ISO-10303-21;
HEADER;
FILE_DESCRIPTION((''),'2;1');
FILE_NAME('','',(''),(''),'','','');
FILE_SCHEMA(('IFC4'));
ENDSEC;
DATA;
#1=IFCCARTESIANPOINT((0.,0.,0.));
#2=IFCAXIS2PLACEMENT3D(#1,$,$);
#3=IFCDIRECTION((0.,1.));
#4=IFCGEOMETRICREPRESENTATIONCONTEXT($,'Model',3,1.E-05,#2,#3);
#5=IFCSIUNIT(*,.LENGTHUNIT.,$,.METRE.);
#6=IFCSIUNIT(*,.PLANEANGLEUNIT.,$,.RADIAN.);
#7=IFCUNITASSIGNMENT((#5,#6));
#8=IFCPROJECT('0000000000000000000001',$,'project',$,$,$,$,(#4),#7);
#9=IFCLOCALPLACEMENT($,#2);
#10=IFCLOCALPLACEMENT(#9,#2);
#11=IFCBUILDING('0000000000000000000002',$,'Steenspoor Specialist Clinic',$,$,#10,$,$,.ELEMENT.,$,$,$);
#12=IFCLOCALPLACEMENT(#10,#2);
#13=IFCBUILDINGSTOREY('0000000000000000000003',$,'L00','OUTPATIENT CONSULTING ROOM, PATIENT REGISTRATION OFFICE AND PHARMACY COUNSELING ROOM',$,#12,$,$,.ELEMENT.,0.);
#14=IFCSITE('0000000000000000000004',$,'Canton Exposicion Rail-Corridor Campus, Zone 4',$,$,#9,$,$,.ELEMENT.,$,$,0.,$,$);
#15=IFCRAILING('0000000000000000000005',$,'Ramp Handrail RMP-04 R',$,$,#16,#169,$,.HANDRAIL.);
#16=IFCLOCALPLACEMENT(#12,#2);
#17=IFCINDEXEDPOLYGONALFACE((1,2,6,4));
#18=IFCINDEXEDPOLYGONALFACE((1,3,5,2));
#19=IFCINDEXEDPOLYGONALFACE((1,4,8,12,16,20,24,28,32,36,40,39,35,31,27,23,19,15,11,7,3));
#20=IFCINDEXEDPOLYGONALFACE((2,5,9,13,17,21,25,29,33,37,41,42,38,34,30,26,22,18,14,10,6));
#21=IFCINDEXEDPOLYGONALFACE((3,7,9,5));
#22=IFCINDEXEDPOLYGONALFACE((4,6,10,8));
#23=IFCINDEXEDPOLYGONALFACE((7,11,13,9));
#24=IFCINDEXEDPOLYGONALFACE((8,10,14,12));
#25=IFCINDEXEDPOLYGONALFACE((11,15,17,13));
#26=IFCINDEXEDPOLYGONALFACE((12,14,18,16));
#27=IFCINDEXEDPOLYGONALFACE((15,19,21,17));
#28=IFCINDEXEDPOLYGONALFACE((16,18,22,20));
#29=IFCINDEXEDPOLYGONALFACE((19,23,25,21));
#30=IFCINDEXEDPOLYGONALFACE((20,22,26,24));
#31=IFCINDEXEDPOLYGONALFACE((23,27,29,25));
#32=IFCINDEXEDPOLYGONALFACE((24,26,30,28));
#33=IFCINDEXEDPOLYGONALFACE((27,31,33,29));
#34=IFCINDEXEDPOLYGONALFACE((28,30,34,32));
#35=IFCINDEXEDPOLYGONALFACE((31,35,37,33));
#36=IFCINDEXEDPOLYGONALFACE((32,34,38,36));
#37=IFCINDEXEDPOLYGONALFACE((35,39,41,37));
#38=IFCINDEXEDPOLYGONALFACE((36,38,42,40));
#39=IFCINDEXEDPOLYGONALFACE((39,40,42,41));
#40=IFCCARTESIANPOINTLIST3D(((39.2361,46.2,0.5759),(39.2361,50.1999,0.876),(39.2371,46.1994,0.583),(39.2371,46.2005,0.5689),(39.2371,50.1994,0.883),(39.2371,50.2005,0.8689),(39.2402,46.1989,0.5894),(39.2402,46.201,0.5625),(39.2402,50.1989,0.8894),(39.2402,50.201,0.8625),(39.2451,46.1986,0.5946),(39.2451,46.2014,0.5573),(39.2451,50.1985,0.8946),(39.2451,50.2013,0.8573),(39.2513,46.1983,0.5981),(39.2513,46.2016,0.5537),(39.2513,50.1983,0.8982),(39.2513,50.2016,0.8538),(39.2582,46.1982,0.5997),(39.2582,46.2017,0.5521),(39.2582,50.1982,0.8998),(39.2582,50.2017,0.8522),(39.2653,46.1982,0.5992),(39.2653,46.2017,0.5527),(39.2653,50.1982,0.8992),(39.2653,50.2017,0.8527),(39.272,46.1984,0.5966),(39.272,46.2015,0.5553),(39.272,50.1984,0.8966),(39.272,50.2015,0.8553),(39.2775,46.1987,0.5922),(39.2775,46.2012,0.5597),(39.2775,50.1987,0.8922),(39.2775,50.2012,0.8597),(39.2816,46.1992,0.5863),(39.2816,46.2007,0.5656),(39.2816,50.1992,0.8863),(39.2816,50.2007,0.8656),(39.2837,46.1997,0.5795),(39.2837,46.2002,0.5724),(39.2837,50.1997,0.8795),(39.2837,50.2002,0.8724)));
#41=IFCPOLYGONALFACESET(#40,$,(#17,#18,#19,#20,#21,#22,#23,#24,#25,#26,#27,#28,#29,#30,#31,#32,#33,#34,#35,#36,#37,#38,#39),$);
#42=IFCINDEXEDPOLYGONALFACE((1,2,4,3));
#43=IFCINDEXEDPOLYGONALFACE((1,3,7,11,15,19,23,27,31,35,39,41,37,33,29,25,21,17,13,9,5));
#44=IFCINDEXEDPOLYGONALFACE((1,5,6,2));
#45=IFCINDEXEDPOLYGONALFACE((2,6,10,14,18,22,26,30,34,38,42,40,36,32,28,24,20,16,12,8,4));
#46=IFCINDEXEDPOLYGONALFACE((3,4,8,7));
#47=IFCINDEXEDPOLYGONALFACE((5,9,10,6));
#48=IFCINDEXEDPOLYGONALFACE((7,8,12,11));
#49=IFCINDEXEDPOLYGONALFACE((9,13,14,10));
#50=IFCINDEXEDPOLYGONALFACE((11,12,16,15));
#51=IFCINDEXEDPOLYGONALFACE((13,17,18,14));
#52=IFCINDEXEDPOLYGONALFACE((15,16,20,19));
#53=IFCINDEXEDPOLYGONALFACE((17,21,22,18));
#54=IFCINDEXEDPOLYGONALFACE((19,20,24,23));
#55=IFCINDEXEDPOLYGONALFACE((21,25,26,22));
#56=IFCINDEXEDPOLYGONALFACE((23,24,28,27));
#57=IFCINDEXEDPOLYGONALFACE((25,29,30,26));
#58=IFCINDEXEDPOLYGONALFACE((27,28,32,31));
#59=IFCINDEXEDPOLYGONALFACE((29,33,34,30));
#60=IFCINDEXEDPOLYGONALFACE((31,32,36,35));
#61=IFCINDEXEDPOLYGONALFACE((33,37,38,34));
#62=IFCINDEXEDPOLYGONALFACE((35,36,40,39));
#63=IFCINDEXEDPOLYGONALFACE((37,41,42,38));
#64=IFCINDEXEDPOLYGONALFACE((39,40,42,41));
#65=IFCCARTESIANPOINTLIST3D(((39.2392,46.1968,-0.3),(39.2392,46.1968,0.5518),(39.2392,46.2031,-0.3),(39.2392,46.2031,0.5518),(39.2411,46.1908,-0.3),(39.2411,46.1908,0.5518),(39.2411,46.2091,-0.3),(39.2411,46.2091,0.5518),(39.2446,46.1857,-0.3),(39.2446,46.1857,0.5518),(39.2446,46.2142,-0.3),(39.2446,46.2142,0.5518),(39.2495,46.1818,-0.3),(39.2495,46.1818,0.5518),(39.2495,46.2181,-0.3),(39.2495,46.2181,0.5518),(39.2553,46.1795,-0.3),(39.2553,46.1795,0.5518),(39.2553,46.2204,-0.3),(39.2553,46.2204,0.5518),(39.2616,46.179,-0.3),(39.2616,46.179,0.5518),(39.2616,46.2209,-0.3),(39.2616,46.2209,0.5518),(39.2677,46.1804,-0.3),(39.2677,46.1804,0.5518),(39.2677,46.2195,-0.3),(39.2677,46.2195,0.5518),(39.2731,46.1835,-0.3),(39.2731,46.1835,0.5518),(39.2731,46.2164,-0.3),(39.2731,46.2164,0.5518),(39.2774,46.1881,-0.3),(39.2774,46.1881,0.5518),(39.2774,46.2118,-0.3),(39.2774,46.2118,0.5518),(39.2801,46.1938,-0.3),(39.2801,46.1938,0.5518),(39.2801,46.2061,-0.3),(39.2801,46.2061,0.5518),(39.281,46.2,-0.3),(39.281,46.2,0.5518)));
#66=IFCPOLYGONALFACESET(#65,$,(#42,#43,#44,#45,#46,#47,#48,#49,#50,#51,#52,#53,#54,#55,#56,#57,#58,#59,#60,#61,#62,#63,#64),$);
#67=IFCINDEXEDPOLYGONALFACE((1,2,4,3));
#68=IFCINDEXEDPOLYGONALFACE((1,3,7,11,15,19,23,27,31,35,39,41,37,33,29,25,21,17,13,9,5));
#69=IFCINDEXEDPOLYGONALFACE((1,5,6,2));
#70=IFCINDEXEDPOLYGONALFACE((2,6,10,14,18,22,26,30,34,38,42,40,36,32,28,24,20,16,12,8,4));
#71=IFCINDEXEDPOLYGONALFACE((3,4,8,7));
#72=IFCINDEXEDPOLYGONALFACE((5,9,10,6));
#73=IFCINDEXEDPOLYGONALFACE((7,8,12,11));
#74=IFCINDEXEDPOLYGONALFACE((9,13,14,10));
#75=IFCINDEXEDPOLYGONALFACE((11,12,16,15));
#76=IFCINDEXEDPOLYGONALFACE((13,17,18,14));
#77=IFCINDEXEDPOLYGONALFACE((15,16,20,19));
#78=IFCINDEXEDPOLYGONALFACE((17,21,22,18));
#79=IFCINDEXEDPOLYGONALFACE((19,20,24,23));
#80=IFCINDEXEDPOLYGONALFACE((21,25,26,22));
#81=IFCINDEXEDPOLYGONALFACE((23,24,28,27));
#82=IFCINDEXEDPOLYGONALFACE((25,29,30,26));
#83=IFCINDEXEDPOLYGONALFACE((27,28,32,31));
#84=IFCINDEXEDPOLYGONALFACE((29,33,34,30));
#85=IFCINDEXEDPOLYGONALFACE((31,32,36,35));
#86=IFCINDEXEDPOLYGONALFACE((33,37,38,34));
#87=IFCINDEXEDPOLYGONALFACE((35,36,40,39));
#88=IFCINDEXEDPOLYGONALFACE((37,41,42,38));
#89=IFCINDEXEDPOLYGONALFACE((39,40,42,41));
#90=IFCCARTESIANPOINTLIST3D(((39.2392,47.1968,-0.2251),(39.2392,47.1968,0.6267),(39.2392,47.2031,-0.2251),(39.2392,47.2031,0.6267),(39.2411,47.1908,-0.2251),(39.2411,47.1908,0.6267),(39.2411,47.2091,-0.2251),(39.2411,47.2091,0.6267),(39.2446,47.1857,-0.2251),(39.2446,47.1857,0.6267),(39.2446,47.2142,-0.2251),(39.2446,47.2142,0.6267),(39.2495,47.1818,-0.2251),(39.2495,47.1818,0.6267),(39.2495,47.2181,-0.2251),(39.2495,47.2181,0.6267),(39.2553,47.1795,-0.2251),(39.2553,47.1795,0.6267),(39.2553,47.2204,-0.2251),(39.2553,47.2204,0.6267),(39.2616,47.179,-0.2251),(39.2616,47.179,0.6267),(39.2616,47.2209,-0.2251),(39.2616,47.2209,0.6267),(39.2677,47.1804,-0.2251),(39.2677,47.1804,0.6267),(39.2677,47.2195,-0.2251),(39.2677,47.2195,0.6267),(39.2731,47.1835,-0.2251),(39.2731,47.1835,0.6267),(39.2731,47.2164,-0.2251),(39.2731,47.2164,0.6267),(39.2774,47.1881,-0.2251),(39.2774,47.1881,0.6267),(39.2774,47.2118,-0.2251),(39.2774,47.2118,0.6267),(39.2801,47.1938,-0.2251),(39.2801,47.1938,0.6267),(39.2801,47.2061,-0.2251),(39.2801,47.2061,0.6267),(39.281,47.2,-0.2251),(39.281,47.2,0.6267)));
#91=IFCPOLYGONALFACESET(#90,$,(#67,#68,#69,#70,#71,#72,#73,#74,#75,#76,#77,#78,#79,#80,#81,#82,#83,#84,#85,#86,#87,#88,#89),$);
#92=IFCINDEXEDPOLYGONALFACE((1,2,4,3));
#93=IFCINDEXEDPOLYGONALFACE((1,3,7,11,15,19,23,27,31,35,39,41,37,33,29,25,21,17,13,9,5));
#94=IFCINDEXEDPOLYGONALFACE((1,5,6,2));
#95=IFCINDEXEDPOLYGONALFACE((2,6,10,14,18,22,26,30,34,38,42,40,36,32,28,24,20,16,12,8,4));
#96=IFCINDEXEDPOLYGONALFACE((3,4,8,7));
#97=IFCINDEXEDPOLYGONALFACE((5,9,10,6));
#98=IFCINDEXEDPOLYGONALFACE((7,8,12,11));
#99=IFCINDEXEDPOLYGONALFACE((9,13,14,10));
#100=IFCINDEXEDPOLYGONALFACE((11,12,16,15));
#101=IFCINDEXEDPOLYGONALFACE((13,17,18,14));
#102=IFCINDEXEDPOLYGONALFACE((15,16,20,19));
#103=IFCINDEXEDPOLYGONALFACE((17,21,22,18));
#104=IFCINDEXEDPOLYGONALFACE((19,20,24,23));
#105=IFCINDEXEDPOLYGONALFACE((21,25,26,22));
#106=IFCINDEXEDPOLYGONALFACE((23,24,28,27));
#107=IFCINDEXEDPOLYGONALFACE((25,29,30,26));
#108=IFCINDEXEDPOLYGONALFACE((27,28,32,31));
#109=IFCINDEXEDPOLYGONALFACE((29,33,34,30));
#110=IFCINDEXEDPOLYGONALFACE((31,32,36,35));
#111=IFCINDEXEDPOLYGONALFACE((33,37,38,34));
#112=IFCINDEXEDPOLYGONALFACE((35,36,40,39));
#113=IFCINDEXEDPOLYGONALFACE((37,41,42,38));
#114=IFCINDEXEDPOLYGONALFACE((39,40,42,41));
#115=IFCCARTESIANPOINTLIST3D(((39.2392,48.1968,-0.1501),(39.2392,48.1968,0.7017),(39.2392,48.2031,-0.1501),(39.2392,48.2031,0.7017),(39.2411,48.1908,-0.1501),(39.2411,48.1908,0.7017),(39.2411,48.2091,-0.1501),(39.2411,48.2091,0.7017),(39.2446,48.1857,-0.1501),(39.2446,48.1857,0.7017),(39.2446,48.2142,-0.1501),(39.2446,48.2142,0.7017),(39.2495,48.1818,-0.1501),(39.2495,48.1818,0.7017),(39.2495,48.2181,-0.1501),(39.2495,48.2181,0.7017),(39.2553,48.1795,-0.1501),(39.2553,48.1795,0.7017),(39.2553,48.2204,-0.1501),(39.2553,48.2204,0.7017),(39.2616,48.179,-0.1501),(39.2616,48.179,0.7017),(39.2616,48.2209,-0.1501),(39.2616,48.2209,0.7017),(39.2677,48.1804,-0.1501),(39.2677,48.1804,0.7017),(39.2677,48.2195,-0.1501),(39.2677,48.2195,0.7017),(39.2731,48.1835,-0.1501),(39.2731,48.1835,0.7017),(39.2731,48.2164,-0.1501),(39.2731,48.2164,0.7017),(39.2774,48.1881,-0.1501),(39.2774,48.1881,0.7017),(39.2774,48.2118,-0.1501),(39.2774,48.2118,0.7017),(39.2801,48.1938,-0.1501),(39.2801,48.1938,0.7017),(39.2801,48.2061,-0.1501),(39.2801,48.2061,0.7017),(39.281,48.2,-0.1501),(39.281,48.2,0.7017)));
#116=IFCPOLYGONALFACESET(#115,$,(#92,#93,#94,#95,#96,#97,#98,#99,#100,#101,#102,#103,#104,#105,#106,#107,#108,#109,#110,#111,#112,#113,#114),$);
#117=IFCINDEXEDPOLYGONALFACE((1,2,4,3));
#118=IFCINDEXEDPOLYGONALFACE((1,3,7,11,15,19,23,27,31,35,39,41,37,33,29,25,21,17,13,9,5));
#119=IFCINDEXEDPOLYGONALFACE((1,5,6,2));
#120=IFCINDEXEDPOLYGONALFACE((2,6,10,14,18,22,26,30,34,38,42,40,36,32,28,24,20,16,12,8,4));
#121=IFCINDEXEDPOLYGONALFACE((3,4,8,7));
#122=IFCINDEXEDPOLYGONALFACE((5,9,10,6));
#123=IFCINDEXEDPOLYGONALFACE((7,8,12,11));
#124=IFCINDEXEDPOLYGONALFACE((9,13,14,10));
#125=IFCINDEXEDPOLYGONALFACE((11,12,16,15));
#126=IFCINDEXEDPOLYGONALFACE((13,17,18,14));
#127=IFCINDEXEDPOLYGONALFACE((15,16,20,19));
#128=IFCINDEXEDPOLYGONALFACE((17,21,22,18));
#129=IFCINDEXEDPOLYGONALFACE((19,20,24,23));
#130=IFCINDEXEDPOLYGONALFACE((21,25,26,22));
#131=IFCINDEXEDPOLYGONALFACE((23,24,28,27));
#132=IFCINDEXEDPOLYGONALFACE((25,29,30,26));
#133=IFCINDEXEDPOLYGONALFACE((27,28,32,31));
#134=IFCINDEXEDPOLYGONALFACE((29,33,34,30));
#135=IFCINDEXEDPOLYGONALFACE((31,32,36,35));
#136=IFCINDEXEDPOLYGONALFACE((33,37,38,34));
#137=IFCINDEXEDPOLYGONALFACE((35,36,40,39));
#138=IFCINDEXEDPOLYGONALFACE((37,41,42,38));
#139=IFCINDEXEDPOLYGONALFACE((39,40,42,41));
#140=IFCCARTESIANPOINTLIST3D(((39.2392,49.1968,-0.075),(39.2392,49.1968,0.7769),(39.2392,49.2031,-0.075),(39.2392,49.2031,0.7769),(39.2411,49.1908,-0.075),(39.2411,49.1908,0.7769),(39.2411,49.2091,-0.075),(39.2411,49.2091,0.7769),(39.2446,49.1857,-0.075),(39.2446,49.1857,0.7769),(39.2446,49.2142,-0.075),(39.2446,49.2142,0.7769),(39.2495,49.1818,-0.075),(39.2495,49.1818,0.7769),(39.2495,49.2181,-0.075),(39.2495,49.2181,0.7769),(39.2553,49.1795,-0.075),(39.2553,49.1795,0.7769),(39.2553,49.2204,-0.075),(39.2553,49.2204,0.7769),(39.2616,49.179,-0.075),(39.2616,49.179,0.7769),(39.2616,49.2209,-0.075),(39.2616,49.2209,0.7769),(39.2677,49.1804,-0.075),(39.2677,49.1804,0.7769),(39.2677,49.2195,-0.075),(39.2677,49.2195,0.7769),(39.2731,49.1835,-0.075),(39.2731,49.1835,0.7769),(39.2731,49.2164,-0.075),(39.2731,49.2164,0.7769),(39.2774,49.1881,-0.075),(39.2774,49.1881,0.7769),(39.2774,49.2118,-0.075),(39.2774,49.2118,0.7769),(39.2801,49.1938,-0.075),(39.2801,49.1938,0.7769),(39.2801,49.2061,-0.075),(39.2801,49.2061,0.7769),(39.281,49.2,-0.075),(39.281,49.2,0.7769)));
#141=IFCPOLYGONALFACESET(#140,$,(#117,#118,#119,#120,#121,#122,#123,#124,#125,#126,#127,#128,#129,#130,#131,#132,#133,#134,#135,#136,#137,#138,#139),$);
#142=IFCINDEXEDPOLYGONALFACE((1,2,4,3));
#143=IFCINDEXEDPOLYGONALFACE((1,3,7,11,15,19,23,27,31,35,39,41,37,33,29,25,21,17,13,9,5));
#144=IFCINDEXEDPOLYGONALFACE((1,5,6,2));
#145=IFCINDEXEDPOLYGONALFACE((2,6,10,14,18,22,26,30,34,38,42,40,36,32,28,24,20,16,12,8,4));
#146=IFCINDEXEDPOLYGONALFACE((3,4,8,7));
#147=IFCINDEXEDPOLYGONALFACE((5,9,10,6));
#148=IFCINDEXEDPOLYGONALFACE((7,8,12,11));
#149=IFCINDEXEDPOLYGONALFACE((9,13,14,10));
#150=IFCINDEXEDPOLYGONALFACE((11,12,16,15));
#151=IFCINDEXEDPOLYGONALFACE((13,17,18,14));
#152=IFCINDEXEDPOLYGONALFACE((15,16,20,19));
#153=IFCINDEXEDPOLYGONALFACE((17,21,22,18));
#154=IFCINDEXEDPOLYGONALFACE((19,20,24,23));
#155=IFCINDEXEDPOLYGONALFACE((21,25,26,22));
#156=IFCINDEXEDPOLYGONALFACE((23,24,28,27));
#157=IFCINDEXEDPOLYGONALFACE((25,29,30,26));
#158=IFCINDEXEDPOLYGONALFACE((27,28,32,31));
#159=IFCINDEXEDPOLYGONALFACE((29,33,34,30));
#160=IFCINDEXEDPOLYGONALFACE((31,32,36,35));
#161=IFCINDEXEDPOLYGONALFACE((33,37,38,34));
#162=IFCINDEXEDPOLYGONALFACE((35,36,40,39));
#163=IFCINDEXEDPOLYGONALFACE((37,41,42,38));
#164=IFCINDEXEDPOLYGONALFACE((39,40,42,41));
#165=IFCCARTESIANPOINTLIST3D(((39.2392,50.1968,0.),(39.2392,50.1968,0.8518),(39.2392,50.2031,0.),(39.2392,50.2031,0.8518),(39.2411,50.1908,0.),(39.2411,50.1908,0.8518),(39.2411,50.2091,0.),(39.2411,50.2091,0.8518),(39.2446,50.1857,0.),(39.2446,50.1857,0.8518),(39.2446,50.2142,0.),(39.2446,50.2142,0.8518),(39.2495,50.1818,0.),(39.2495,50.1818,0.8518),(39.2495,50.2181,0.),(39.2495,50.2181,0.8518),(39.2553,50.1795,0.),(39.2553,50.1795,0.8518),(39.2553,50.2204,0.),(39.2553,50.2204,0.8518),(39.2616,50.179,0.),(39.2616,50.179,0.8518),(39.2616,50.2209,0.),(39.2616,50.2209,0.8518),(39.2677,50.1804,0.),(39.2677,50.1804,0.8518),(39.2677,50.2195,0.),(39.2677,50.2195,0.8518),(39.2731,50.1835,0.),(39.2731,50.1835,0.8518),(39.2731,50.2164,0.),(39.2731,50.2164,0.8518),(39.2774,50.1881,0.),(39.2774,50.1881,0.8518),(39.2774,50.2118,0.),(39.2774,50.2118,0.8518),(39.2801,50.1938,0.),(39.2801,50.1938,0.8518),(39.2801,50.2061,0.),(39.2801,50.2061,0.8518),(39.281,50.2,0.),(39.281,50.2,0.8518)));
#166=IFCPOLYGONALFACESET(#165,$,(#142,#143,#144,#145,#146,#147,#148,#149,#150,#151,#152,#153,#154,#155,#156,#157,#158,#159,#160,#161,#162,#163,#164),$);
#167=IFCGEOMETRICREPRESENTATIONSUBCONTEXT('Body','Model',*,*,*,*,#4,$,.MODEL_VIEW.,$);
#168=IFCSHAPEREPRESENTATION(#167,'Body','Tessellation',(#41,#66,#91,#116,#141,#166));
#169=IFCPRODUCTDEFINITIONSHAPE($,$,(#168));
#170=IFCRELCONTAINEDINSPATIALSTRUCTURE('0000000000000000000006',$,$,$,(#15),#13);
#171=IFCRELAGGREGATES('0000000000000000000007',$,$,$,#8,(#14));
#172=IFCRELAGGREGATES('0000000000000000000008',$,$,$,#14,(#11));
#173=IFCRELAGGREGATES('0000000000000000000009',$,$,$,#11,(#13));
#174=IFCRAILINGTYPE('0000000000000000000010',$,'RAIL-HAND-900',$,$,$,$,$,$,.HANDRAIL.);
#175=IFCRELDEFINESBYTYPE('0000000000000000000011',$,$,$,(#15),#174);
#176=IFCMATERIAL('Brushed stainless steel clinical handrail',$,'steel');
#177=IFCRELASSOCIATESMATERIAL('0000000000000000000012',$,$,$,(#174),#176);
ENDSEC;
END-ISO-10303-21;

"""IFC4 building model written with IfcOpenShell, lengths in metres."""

from ifc_helpers import new_model, si_unit, direction, frame, origin, origin_2d, place, context, subcontext, project, spatial, circle, extrude, material, type_object, element, save


model = new_model("IFC4")

# Units and contexts
model_context = context("Model", 3, precision=1e-05, world=origin(), true_north=direction((0.0, 1.0)))
body_context = subcontext(model_context, "Body", "Model", "MODEL_VIEW")
ifc_project = project(units=[si_unit("LENGTHUNIT", "METRE"), si_unit("PLANEANGLEUNIT", "RADIAN")], contexts=[model_context])

# Site, building, storey
site_placement = place(None, origin())
site = spatial("IfcSite", under=ifc_project, at=site_placement, Name="Canton Exposicion Rail-Corridor Campus, Zone 4", CompositionType="ELEMENT", RefElevation=0.0)
building_placement = place(site_placement, origin())
building = spatial("IfcBuilding", under=site, at=building_placement, Name="Steenspoor Specialist Clinic", CompositionType="ELEMENT")
storey_placement = place(building_placement, origin())
storey = spatial("IfcBuildingStorey", under=building, at=storey_placement, Name="L00", Description="OUTPATIENT CONSULTING ROOM, PATIENT REGISTRATION OFFICE AND PHARMACY COUNSELING ROOM", CompositionType="ELEMENT", Elevation=0.0)

# Railing
ifc_material_1 = material(Name="Brushed stainless steel clinical handrail", Category="steel")
railing_type = type_object("IfcRailingType", Name="RAIL-HAND-900", PredefinedType="HANDRAIL", material=ifc_material_1)
for number, where, name in (
    (1, (39.26, 46.2, -0.3), "Ramp Handrail RMP-04 R"),
):
    element("IfcRailing", number, at=place(storey_placement, frame(where)), inside=storey, type_object=railing_type, Name=name, PredefinedType="HANDRAIL", context=body_context, shape_type="SweptSolid", body=[
        extrude(circle(Radius=0.0239, at=origin_2d()), frame((0.0, 0.0, 0.876), z_axis=(0.0, 0.997198, 0.074802), x_axis=(-1.0, 0.0, 0.0)), (0.0, 0.0, 1.0), 4.0112),
        extrude(circle(Radius=0.021, at=origin_2d()), origin(), (0.0, 0.0, 1.0), 0.8518),
        extrude(circle(Radius=0.021, at=origin_2d()), frame((0.0, 1.0, 0.075)), (0.0, 0.0, 1.0), 0.8518),
        extrude(circle(Radius=0.021, at=origin_2d()), frame((0.0, 2.0, 0.1499)), (0.0, 0.0, 1.0), 0.8518),
        extrude(circle(Radius=0.021, at=origin_2d()), frame((0.0, 3.0, 0.2251)), (0.0, 0.0, 1.0), 0.8518),
        extrude(circle(Radius=0.021, at=origin_2d()), frame((0.0, 4.0, 0.3)), (0.0, 0.0, 1.0), 0.8518),
    ])

save(model, "model.ifc")
